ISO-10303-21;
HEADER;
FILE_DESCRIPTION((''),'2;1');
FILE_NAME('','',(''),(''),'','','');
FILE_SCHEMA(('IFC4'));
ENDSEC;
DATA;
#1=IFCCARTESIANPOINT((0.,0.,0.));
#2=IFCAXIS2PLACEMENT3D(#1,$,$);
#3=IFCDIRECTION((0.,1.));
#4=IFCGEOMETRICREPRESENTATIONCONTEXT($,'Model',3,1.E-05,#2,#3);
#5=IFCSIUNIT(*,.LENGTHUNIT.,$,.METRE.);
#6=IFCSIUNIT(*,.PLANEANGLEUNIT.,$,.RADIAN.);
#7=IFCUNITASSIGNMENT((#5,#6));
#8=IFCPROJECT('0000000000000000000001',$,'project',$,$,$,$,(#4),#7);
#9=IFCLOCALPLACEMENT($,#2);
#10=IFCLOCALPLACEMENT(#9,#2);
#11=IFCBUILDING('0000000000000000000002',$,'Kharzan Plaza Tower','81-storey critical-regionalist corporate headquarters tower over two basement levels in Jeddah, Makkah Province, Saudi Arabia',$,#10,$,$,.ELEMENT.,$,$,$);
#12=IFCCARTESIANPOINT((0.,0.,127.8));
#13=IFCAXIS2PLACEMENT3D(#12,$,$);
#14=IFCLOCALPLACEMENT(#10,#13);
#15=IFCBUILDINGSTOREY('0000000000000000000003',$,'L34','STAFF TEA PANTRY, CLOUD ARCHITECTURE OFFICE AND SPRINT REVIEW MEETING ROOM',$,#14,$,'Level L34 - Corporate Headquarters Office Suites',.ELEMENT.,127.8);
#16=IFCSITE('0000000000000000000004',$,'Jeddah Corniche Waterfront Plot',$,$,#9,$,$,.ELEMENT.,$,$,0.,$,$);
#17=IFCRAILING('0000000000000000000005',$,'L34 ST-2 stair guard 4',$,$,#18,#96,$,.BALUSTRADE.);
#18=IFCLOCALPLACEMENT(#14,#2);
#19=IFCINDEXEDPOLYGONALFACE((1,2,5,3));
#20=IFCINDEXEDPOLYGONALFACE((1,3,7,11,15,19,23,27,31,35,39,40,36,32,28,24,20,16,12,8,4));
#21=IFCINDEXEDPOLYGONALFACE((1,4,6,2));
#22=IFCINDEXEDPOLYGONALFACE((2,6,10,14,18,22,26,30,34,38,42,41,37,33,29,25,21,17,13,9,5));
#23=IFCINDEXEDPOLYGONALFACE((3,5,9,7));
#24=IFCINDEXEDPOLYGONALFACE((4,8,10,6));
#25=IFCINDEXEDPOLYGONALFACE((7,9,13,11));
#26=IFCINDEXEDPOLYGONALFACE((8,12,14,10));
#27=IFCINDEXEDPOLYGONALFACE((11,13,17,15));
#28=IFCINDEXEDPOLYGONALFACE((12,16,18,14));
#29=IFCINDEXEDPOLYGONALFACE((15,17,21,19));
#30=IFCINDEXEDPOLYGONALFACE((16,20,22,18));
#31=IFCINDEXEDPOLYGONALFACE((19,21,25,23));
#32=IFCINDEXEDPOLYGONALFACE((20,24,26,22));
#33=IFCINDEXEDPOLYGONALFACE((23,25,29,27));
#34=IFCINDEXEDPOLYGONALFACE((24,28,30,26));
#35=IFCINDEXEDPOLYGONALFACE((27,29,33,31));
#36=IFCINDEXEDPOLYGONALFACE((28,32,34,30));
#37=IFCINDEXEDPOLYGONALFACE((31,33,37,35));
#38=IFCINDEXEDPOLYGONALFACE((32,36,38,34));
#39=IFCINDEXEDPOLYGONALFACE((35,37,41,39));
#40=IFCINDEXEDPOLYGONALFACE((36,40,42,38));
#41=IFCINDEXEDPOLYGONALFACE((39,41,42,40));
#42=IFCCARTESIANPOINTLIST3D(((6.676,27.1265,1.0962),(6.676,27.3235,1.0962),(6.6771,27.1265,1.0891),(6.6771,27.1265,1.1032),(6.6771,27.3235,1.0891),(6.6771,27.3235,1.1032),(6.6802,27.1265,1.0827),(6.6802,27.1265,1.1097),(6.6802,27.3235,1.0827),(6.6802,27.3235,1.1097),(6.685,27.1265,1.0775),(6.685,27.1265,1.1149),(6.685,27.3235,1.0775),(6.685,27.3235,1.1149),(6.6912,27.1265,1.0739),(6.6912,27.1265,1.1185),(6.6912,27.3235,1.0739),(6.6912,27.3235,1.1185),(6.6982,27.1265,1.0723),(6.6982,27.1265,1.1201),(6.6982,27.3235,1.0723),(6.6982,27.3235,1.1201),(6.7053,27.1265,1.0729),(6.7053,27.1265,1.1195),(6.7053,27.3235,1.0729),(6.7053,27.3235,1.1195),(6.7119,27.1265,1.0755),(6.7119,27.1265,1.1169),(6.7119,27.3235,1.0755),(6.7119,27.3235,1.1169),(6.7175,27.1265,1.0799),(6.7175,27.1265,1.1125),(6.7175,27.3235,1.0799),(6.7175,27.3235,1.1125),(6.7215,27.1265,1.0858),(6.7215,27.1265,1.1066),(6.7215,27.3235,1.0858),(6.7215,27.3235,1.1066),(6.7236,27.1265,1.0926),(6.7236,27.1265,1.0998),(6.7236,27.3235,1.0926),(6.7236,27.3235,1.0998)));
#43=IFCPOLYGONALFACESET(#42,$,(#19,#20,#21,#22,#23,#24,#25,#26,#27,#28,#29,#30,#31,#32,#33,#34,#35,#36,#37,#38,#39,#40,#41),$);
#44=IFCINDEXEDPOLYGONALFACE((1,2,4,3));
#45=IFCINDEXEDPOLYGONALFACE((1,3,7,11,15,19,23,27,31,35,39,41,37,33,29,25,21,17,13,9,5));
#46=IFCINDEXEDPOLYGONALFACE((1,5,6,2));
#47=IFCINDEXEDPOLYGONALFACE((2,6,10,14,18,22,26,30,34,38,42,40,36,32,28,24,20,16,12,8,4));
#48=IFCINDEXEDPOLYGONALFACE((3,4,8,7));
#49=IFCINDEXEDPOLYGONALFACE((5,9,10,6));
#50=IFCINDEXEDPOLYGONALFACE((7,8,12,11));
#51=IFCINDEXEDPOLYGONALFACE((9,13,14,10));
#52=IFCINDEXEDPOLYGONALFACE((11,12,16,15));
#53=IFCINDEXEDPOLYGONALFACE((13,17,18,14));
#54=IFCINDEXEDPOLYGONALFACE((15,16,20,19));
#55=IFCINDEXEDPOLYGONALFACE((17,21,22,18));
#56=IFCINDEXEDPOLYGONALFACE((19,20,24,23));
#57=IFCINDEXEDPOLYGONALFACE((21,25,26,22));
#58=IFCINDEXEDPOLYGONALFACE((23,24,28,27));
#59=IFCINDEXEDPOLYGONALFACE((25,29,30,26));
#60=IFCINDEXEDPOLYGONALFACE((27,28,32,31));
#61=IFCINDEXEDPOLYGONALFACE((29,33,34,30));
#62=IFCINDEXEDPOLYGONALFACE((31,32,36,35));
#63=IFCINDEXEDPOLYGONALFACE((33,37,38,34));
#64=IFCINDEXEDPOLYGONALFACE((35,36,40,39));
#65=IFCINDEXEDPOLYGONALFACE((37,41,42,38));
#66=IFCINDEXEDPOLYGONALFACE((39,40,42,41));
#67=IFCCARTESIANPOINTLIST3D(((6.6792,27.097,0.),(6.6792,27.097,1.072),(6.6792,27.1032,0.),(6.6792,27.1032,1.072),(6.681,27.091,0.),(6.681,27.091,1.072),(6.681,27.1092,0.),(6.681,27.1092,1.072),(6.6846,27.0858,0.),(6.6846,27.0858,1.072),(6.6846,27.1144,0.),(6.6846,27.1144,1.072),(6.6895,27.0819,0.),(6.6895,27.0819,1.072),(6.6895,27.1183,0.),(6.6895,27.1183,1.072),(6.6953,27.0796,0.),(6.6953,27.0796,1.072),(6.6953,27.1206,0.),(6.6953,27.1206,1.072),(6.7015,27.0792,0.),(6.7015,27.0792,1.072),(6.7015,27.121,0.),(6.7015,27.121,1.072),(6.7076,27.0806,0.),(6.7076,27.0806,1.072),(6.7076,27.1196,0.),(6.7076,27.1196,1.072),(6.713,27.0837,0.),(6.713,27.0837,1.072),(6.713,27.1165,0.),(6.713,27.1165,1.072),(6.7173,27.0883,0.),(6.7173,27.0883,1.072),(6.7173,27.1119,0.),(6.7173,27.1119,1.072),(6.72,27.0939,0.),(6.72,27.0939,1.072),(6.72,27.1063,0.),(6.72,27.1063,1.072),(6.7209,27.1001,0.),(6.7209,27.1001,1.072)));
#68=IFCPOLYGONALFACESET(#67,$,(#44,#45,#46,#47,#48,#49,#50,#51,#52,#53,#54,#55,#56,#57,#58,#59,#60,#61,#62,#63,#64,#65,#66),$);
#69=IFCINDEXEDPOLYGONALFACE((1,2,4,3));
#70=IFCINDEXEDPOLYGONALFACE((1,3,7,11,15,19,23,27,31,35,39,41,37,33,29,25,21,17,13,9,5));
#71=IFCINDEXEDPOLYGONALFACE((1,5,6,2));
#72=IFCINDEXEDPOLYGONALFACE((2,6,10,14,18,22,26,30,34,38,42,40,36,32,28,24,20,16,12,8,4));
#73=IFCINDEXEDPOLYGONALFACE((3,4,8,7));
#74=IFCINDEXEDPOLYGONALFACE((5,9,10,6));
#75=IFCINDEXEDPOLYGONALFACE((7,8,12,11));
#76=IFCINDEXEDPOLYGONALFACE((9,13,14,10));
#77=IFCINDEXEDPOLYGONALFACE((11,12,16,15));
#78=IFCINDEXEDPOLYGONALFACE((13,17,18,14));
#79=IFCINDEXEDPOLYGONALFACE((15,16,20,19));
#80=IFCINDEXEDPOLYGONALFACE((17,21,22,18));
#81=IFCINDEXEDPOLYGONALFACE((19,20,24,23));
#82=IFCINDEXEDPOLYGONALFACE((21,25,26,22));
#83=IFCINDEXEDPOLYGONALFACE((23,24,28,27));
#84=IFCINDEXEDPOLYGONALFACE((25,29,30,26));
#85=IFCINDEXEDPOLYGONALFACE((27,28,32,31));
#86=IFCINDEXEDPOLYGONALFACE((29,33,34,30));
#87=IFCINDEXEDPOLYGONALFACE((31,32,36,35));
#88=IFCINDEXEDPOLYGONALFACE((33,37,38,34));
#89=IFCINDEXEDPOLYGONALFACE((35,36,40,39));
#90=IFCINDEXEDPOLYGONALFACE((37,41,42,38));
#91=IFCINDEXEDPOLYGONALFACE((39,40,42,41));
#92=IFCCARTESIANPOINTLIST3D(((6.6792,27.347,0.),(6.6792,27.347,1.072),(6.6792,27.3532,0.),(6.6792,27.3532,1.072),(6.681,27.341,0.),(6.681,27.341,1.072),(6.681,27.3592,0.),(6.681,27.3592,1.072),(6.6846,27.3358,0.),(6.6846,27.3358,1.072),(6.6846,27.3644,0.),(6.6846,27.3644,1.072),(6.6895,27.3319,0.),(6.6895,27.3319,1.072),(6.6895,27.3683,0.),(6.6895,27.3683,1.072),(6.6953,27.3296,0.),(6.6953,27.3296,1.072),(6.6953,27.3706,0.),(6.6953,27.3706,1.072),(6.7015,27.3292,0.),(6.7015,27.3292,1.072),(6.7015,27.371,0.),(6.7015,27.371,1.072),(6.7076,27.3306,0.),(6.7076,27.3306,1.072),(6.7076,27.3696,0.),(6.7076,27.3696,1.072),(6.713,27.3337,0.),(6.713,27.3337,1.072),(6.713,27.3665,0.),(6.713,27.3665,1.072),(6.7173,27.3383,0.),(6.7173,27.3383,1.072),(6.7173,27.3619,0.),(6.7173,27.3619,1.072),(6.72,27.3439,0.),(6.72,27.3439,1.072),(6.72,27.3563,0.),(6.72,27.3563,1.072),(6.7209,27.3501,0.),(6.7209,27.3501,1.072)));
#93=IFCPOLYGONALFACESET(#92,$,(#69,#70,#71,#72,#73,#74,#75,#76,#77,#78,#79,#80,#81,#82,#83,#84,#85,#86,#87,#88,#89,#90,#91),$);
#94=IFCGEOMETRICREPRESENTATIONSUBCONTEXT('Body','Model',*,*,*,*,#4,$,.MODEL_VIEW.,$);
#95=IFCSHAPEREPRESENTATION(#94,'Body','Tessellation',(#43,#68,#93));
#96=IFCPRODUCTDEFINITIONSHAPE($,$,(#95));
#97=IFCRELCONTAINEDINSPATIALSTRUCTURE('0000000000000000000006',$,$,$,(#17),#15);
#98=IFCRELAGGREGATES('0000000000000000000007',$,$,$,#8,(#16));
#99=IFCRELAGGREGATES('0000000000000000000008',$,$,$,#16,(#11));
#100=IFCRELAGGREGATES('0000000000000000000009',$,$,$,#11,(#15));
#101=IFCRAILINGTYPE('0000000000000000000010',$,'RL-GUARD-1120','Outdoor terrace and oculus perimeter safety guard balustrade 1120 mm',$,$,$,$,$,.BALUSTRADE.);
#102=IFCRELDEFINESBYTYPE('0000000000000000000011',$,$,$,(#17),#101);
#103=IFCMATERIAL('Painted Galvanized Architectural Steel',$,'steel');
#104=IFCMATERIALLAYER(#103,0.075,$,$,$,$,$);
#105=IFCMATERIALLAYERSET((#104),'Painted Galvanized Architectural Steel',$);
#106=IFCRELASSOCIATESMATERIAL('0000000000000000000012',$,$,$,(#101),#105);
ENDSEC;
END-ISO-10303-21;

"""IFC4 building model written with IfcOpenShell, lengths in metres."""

from ifc_helpers import new_model, si_unit, direction, frame, origin, origin_2d, place, context, subcontext, project, spatial, circle, extrude, source, transform, mapped, material, layer, layer_set, type_object, element, save


model = new_model("IFC4")

# Units and contexts
model_context = context("Model", 3, precision=1e-05, world=origin(), true_north=direction((0.0, 1.0)))
body_context = subcontext(model_context, "Body", "Model", "MODEL_VIEW")
ifc_project = project(units=[si_unit("LENGTHUNIT", "METRE"), si_unit("PLANEANGLEUNIT", "RADIAN")], contexts=[model_context])

# Site, building, storey
site_placement = place(None, origin())
site = spatial("IfcSite", under=ifc_project, at=site_placement, Name="Jeddah Corniche Waterfront Plot", CompositionType="ELEMENT", RefElevation=0.0)
building_placement = place(site_placement, origin())
building = spatial("IfcBuilding", under=site, at=building_placement, Name="Kharzan Plaza Tower", Description="81-storey critical-regionalist corporate headquarters tower over two basement levels in Jeddah, Makkah Province, Saudi Arabia", CompositionType="ELEMENT")
storey_placement = place(building_placement, frame((0.0, 0.0, 127.8)))
storey = spatial("IfcBuildingStorey", under=building, at=storey_placement, Name="L34", Description="STAFF TEA PANTRY, CLOUD ARCHITECTURE OFFICE AND SPRINT REVIEW MEETING ROOM", LongName="Level L34 - Corporate Headquarters Office Suites", CompositionType="ELEMENT", Elevation=127.8)

# Railing
ifc_material_1 = material(Name="Painted Galvanized Architectural Steel", Category="steel")
ifc_layer_1 = layer(ifc_material_1, 0.075)
ifc_layer_set_1 = layer_set([ifc_layer_1], Name="Painted Galvanized Architectural Steel")
railing_type_1 = type_object("IfcRailingType", Name="RL-GUARD-1120", Description="Outdoor terrace and oculus perimeter safety guard balustrade 1120 mm", PredefinedType="BALUSTRADE", material=ifc_layer_set_1)
shared_shape_1 = source(origin(), body_context, "Body", "SweptSolid", [
    extrude(circle(Radius=0.0239, at=origin_2d()), frame((0.0, 0.0264, 1.0962), z_axis=(0.0, 1.0, 0.0), x_axis=(-1.0, 0.0, 0.0)), (0.0, 0.0, 1.0), 0.197),
    extrude(circle(Radius=0.021, at=origin_2d()), origin(), (0.0, 0.0, 1.0), 1.072),
    extrude(circle(Radius=0.021, at=origin_2d()), frame((0.0, 0.25, 0.0)), (0.0, 0.0, 1.0), 1.072),
])
railing_1_placement = place(storey_placement, frame((6.7, 27.1001, 0.0)))
element("IfcRailing", 1, at=railing_1_placement, inside=storey, type_object=railing_type_1, Name="L34 ST-2 stair guard 4", PredefinedType="BALUSTRADE", context=body_context, shape_type="MappedRepresentation", body=[
    mapped(shared_shape_1, transform((0.0, 0.0, 0.0), x_axis=(1.0, 0.0, 0.0), y_axis=(0.0, 1.0, 0.0), z_axis=(0.0, 0.0, 1.0))),
])

save(model, "model.ifc")
